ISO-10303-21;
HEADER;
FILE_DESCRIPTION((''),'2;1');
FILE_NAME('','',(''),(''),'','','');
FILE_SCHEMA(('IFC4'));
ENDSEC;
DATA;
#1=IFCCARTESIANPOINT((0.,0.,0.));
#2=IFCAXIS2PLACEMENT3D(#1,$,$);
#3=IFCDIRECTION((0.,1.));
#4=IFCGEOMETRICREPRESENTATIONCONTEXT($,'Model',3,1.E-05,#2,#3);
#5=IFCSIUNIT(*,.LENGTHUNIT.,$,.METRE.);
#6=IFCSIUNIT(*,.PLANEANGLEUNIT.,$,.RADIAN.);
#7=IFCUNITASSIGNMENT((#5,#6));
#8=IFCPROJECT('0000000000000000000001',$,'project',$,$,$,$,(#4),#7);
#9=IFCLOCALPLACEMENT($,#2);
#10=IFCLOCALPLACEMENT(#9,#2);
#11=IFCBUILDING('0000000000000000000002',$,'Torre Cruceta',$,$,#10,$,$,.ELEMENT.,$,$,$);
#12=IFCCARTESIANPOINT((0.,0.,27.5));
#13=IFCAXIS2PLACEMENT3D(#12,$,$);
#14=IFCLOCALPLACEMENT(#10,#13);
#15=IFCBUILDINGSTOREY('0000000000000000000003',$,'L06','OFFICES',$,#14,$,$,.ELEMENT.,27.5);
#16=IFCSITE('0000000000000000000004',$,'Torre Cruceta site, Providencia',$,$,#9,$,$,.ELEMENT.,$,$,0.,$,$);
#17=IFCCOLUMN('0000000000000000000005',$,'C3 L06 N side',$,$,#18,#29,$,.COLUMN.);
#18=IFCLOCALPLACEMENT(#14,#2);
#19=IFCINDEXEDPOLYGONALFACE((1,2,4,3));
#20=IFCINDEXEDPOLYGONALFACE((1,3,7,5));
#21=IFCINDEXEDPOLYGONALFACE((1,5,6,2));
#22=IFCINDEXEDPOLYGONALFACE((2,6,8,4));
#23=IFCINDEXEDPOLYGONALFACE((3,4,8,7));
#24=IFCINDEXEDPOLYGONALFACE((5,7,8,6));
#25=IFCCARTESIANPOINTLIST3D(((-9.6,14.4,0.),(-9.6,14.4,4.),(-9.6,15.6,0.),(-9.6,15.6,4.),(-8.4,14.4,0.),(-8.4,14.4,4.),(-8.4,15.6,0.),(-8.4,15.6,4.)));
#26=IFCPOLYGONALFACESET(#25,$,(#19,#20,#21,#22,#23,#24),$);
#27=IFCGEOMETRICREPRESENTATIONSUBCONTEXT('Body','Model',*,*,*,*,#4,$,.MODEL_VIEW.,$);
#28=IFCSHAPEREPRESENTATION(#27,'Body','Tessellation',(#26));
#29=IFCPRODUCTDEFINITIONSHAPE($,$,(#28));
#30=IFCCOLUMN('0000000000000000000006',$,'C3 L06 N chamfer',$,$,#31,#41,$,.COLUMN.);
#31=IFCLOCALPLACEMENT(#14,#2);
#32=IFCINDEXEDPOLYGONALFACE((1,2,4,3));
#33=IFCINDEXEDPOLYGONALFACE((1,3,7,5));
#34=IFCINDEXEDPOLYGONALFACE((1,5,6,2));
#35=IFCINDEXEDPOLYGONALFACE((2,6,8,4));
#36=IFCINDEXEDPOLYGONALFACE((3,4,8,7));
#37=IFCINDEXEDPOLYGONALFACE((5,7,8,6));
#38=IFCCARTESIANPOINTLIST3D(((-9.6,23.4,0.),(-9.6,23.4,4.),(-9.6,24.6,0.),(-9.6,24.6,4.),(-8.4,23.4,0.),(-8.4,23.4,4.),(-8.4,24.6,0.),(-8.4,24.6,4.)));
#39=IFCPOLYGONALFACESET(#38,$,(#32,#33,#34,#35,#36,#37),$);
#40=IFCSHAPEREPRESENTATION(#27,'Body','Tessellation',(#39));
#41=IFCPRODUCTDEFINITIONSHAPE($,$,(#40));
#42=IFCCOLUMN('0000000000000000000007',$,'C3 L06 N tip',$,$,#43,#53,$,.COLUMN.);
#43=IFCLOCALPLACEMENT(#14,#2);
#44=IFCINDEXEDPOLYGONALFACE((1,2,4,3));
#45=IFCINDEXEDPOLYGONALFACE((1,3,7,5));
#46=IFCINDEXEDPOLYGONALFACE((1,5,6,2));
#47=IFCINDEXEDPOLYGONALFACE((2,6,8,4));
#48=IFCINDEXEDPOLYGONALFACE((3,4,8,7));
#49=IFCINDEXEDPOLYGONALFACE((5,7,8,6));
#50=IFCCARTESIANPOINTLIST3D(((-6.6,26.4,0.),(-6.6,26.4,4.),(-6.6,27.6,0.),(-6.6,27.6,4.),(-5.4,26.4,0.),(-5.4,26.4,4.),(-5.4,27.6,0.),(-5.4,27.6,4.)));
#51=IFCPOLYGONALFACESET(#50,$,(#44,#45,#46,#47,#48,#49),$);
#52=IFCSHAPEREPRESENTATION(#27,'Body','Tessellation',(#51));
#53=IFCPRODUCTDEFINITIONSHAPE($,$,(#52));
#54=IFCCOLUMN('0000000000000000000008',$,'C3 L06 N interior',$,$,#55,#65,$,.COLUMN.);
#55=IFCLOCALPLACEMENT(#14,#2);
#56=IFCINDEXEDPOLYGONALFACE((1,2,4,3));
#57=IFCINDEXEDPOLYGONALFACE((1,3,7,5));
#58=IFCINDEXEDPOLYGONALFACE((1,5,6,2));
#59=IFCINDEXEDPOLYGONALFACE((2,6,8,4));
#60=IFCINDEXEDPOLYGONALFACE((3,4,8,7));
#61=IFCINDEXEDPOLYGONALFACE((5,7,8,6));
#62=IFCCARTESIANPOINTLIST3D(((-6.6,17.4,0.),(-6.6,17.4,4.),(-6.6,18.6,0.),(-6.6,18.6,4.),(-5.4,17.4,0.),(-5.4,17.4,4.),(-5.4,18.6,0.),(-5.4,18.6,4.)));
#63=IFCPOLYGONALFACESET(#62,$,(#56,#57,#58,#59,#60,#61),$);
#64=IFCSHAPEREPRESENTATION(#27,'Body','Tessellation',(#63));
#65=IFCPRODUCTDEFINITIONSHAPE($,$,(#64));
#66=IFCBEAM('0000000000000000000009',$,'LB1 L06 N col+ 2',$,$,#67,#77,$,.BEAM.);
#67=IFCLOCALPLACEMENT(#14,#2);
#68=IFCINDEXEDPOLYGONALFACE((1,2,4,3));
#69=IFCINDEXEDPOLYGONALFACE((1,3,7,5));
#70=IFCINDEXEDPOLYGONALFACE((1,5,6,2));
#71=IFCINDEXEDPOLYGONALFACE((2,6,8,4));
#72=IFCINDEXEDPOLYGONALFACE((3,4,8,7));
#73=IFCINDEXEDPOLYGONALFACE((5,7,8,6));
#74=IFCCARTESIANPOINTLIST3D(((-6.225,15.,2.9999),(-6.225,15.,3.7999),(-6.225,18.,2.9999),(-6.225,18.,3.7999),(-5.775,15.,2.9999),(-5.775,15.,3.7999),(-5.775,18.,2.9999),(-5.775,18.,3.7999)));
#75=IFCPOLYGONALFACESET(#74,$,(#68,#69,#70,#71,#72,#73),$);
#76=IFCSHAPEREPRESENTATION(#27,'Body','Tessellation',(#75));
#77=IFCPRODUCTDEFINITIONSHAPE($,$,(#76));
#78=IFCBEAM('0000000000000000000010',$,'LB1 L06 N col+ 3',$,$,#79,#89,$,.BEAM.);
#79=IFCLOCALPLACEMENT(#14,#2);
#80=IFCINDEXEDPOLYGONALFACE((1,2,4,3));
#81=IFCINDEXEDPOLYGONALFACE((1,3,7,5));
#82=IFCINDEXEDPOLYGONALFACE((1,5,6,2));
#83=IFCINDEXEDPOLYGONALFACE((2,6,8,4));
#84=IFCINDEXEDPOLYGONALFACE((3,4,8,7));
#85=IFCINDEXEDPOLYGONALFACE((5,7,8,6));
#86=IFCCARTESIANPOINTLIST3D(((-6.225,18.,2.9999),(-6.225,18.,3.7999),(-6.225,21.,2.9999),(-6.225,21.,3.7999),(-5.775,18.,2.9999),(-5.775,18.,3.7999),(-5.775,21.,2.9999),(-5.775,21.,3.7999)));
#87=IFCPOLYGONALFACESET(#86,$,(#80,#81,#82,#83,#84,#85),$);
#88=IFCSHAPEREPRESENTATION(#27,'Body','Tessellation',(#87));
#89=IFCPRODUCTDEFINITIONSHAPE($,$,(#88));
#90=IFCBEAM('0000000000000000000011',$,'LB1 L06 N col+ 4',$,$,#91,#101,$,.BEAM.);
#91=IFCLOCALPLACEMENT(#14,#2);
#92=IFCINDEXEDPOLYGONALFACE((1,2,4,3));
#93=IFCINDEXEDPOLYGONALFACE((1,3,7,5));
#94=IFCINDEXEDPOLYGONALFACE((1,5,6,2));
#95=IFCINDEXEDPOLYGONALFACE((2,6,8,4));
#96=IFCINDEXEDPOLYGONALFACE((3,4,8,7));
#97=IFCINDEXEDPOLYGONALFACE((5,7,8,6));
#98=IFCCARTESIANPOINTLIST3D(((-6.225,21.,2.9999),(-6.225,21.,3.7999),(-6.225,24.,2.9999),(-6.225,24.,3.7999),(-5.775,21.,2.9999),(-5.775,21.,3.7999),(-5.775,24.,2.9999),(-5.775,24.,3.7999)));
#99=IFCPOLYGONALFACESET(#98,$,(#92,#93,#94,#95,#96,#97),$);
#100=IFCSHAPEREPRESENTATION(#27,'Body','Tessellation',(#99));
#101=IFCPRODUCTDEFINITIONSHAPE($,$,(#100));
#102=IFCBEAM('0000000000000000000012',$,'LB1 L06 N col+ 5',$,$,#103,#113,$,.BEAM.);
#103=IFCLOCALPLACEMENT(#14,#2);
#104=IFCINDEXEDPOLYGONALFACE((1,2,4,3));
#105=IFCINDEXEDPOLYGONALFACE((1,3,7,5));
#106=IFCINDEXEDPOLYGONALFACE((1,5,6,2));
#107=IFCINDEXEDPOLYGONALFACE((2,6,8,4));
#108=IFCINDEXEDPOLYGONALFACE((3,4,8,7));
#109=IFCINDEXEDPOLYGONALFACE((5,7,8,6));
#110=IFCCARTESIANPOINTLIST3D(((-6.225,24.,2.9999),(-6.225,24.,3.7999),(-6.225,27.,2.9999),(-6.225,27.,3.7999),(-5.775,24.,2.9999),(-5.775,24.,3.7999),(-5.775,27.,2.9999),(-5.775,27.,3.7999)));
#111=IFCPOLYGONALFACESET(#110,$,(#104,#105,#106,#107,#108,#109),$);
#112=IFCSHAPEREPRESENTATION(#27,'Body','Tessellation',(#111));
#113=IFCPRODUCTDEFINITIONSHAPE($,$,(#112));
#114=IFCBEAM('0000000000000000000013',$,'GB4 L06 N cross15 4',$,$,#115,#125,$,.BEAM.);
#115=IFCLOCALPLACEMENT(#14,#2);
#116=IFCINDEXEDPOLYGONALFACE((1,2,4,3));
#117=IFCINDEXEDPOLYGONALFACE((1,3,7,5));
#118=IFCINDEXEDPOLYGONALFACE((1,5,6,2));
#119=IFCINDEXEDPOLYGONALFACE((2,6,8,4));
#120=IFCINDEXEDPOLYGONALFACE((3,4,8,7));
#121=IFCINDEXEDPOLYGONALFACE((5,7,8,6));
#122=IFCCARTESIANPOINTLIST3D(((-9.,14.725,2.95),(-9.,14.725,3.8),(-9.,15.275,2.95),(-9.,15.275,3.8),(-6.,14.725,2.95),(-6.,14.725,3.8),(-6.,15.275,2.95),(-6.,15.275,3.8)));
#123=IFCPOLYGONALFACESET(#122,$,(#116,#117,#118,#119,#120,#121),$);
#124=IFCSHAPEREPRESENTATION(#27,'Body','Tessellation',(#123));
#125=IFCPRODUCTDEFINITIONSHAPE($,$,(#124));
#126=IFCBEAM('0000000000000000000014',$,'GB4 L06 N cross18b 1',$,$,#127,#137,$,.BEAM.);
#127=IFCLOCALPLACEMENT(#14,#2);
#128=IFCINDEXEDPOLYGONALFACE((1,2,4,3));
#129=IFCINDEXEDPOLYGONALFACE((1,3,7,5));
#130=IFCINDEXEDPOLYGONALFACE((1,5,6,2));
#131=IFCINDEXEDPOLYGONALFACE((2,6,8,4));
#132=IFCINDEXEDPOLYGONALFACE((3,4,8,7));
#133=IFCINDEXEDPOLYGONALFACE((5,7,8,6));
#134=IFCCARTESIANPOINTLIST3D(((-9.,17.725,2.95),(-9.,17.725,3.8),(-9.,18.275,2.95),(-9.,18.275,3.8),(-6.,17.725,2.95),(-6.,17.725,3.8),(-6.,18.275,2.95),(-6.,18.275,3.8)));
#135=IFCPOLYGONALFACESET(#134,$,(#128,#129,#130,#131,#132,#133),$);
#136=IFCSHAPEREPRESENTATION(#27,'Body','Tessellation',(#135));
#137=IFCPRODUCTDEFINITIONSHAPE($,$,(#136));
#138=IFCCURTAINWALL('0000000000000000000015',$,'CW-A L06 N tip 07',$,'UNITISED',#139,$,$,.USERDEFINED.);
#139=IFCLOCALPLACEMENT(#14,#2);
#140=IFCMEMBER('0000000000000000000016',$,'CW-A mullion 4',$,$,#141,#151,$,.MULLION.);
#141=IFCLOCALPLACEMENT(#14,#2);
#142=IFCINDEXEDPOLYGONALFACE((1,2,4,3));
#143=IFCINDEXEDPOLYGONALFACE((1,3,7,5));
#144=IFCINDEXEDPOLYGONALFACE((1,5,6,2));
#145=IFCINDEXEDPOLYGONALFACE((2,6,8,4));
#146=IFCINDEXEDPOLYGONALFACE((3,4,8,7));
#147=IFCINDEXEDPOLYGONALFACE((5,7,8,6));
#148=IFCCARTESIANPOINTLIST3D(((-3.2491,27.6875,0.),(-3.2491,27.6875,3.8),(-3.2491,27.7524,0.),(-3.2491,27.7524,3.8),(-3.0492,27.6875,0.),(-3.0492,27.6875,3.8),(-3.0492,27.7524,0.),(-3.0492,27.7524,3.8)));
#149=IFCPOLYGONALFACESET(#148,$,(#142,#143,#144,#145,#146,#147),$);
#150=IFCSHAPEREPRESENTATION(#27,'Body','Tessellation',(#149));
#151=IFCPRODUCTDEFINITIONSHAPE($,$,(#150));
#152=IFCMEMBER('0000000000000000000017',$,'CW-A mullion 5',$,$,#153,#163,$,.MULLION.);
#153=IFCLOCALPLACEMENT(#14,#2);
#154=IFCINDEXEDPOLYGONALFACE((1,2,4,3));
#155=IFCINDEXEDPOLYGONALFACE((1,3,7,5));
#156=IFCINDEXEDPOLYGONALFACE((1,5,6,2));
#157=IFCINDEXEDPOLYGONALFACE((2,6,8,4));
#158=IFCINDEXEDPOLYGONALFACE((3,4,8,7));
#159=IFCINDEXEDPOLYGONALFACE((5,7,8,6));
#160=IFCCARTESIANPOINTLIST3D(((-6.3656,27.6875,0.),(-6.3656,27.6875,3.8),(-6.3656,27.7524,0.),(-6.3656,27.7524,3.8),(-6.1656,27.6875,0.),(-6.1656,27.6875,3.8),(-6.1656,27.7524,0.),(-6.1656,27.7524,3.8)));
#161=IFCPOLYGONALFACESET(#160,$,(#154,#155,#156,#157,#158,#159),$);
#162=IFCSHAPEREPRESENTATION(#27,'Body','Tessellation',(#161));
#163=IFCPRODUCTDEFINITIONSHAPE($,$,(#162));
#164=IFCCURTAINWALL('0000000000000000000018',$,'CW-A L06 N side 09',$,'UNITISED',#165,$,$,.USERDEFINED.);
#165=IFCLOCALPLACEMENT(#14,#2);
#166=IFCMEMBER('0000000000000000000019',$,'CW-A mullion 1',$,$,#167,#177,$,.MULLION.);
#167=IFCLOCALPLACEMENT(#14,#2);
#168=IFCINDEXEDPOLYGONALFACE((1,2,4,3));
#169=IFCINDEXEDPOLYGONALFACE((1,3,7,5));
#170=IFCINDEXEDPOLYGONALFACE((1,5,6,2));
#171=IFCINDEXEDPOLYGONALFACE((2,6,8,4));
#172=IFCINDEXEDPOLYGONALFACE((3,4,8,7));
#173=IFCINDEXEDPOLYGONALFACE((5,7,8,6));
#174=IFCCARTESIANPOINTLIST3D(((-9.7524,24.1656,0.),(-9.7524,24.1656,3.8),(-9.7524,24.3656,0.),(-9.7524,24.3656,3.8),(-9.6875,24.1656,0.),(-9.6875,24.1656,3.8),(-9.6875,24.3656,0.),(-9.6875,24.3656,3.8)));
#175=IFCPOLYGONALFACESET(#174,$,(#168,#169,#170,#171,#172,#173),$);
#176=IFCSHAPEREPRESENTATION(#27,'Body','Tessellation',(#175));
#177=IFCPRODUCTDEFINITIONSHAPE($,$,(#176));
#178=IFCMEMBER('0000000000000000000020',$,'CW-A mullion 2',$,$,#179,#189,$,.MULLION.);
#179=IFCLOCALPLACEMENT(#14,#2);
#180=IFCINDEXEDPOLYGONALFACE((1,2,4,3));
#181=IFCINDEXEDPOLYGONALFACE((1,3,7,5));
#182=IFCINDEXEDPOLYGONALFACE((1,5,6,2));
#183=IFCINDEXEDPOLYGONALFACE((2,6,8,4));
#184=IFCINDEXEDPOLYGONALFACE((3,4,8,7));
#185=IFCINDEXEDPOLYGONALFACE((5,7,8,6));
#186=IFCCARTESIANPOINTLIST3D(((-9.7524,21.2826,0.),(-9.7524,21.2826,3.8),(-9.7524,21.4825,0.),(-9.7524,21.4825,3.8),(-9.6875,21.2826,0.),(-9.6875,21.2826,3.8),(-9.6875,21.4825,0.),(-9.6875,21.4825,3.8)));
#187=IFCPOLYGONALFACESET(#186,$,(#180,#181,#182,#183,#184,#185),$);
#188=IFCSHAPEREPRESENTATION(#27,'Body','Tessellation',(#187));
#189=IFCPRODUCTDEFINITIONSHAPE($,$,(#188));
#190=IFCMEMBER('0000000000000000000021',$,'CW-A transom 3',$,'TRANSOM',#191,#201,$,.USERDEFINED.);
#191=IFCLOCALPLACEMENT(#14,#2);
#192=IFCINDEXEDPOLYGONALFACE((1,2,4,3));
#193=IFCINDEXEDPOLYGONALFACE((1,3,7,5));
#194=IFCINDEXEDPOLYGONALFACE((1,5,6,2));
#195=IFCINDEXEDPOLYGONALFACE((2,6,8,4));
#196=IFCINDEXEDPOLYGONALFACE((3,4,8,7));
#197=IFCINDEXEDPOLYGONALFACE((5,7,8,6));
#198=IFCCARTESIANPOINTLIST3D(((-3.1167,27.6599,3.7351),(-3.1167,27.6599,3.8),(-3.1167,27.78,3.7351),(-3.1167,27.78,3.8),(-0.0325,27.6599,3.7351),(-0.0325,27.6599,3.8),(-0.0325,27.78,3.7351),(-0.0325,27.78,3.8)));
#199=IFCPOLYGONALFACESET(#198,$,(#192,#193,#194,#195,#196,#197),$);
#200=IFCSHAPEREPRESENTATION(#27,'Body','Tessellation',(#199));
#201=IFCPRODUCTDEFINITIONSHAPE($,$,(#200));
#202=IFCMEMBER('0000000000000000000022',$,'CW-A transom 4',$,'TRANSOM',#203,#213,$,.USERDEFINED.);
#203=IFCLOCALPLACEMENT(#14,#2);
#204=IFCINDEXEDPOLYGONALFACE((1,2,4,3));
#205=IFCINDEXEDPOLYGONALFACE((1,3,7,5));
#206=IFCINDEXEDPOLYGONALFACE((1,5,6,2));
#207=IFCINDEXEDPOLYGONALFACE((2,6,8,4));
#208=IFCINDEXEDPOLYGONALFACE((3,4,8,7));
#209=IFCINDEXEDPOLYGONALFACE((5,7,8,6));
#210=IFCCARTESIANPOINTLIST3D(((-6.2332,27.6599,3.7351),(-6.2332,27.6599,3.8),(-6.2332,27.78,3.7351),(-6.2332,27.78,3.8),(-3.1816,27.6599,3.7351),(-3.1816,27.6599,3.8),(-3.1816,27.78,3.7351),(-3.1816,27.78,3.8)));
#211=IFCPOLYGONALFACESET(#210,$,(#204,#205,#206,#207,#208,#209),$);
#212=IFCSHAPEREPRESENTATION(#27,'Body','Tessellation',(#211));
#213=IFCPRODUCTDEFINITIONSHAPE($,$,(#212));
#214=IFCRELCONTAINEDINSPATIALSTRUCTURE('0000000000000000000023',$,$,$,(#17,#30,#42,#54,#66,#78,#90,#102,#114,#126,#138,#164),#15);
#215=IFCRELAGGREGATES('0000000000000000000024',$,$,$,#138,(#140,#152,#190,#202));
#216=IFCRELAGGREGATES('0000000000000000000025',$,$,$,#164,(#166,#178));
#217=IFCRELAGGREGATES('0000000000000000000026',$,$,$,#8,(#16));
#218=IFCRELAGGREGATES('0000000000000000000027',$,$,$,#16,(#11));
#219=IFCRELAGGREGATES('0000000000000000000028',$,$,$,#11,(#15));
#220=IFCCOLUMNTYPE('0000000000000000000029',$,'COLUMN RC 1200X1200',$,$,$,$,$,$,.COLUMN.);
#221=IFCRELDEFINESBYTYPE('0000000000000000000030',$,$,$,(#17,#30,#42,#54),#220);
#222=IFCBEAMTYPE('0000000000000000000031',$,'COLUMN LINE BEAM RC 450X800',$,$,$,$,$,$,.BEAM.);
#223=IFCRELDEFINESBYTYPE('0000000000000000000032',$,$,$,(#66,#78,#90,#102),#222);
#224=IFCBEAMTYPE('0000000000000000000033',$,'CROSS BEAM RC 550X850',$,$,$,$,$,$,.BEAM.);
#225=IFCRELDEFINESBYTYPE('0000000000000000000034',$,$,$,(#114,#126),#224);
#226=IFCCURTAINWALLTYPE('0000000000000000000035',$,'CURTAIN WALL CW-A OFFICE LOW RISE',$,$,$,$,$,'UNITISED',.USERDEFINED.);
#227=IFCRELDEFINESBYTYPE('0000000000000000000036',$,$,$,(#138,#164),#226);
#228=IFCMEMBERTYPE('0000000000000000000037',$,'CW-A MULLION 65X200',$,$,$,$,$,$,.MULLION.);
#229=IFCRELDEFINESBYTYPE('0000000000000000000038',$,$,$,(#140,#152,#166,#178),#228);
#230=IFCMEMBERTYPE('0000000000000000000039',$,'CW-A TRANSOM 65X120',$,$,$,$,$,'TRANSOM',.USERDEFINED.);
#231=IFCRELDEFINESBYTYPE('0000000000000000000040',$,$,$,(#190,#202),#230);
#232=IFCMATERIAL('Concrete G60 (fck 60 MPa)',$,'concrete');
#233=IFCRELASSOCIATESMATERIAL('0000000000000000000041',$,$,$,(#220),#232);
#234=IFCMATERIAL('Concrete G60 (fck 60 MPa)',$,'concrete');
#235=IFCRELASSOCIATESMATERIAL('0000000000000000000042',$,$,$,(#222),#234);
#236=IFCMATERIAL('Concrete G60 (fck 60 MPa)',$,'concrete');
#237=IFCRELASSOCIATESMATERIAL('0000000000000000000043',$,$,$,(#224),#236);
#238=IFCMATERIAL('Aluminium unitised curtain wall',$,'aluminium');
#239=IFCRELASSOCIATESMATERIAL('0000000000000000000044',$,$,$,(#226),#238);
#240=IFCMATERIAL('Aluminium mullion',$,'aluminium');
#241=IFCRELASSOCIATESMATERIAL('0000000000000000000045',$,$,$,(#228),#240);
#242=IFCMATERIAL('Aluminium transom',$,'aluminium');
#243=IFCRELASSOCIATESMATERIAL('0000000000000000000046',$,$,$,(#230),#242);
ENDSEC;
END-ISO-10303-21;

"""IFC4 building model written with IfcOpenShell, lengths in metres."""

from ifc_helpers import new_model, si_unit, direction, frame, origin, origin_2d, place, context, subcontext, project, spatial, rectangle, extrude, material, material_profile, profile_set, type_object, element, aggregate, save


model = new_model("IFC4")

# Units and contexts
model_context = context("Model", 3, precision=1e-05, world=origin(), true_north=direction((0.0, 1.0)))
body_context = subcontext(model_context, "Body", "Model", "MODEL_VIEW")
ifc_project = project(units=[si_unit("LENGTHUNIT", "METRE"), si_unit("PLANEANGLEUNIT", "RADIAN")], contexts=[model_context])

# Site, building, storey
site_placement = place(None, origin())
site = spatial("IfcSite", under=ifc_project, at=site_placement, Name="Torre Cruceta site, Providencia", CompositionType="ELEMENT", RefElevation=0.0)
building_placement = place(site_placement, origin())
building = spatial("IfcBuilding", under=site, at=building_placement, Name="Torre Cruceta", CompositionType="ELEMENT")
storey_placement = place(building_placement, frame((0.0, 0.0, 27.5)))
storey = spatial("IfcBuildingStorey", under=building, at=storey_placement, Name="L06", Description="OFFICES", CompositionType="ELEMENT", Elevation=27.5)

# Columns
ifc_material_1 = material(Name="Concrete G60 (fck 60 MPa)", Category="concrete")
ifc_material_profile_1 = material_profile(ifc_material_1, rectangle(XDim=1.2, YDim=1.2, at=origin_2d()), Name="RC 1200X1200")
ifc_profile_set_1 = profile_set([ifc_material_profile_1], Name="Concrete G60 (fck 60 MPa)")
column_type = type_object("IfcColumnType", Name="COLUMN RC 1200X1200", PredefinedType="COLUMN", material=ifc_profile_set_1)
for number, where, z_axis, x_axis, name in (
    (1, (-9.0, 15.0, 0.0), (0.0, 0.0, 1.0), (1.0, 0.0, 0.0), "C3 L06 N side"),
    (2, (-9.0, 24.0, 0.0), (0.0, 0.0, 1.0), (1.0, 0.0, 0.0), "C3 L06 N chamfer"),
    (3, (-6.0, 27.0, 0.0), (0.0, 0.0, 1.0), (1.0, 0.0, 0.0), "C3 L06 N tip"),
    (4, (-6.0, 18.0, 0.0), (0.0, 0.0, 1.0), (1.0, 0.0, 0.0), "C3 L06 N interior"),
):
    element("IfcColumn", number, at=place(storey_placement, frame(where, z_axis=z_axis, x_axis=x_axis)), inside=storey, type_object=column_type, Name=name, PredefinedType="COLUMN", context=body_context, shape_type="SweptSolid", body=[
        extrude(rectangle(XDim=1.2, YDim=1.2, at=origin_2d()), origin(), (0.0, 0.0, 1.0), 4.0),
    ])

# Beams
ifc_material_2 = material(Name="Concrete G60 (fck 60 MPa)", Category="concrete")
ifc_material_profile_2 = material_profile(ifc_material_2, rectangle(XDim=0.45, YDim=0.8, at=origin_2d()), Name="RC 450X800")
ifc_profile_set_2 = profile_set([ifc_material_profile_2], Name="Concrete G60 (fck 60 MPa)")
beam_type_1 = type_object("IfcBeamType", Name="COLUMN LINE BEAM RC 450X800", PredefinedType="BEAM", material=ifc_profile_set_2)
for number, where, z_axis, x_axis, name in (
    (5, (-6.0, 15.0, 3.3999), (0.0, 1.0, 0.0), (-1.0, 0.0, 0.0), "LB1 L06 N col+ 2"),
    (6, (-6.0, 18.0, 3.3999), (0.0, 1.0, 0.0), (-1.0, 0.0, 0.0), "LB1 L06 N col+ 3"),
    (7, (-6.0, 21.0, 3.3999), (0.0, 1.0, 0.0), (-1.0, 0.0, 0.0), "LB1 L06 N col+ 4"),
    (8, (-6.0, 24.0, 3.3999), (0.0, 1.0, 0.0), (-1.0, 0.0, 0.0), "LB1 L06 N col+ 5"),
):
    element("IfcBeam", number, at=place(storey_placement, frame(where, z_axis=z_axis, x_axis=x_axis)), inside=storey, type_object=beam_type_1, Name=name, PredefinedType="BEAM", context=body_context, shape_type="SweptSolid", body=[
        extrude(rectangle(XDim=0.45, YDim=0.8, at=origin_2d()), origin(), (0.0, 0.0, 1.0), 3.0),
    ])
ifc_material_3 = material(Name="Concrete G60 (fck 60 MPa)", Category="concrete")
ifc_material_profile_3 = material_profile(ifc_material_3, rectangle(XDim=0.55, YDim=0.8501, at=origin_2d()), Name="RC 550X850")
ifc_profile_set_3 = profile_set([ifc_material_profile_3], Name="Concrete G60 (fck 60 MPa)")
beam_type_2 = type_object("IfcBeamType", Name="CROSS BEAM RC 550X850", PredefinedType="BEAM", material=ifc_profile_set_3)
for number, where, z_axis, x_axis, name in (
    (9, (-6.0, 15.0, 3.375), (-1.0, 0.0, 0.0), (0.0, -1.0, 0.0), "GB4 L06 N cross15 4"),
    (10, (-6.0, 18.0, 3.375), (-1.0, 0.0, 0.0), (0.0, -1.0, 0.0), "GB4 L06 N cross18b 1"),
):
    element("IfcBeam", number, at=place(storey_placement, frame(where, z_axis=z_axis, x_axis=x_axis)), inside=storey, type_object=beam_type_2, Name=name, PredefinedType="BEAM", context=body_context, shape_type="SweptSolid", body=[
        extrude(rectangle(XDim=0.55, YDim=0.8501, at=origin_2d()), origin(), (0.0, 0.0, 1.0), 3.0),
    ])

# Curtain walls, members
ifc_material_4 = material(Name="Aluminium unitised curtain wall", Category="aluminium")
curtain_wall_type = type_object("IfcCurtainWallType", Name="CURTAIN WALL CW-A OFFICE LOW RISE", ElementType="UNITISED", PredefinedType="USERDEFINED", material=ifc_material_4)
curtain_wall_1_placement = place(storey_placement, origin())
curtain_wall_1 = element("IfcCurtainWall", 11, at=curtain_wall_1_placement, inside=storey, type_object=curtain_wall_type, Name="CW-A L06 N tip 07", ObjectType="UNITISED", PredefinedType="USERDEFINED")
ifc_material_5 = material(Name="Aluminium mullion", Category="aluminium")
ifc_material_profile_4 = material_profile(ifc_material_5, rectangle(XDim=0.0649, YDim=0.2, at=origin_2d()), Name="AL 65X200")
ifc_profile_set_4 = profile_set([ifc_material_profile_4], Name="Aluminium mullion")
member_type_1 = type_object("IfcMemberType", Name="CW-A MULLION 65X200", PredefinedType="MULLION", material=ifc_profile_set_4)
member_1_placement = place(storey_placement, frame((-3.1492, 27.72, 0.0), z_axis=(0.0, 0.0, 1.0), x_axis=(0.0, -1.0, 0.0)))
member_1 = element("IfcMember", 12, at=member_1_placement, type_object=member_type_1, Name="CW-A mullion 4", PredefinedType="MULLION", context=body_context, shape_type="SweptSolid", body=[
    extrude(rectangle(XDim=0.0649, YDim=0.2, at=origin_2d()), origin(), (0.0, 0.0, 1.0), 3.8),
])
member_2_placement = place(storey_placement, frame((-6.2656, 27.72, 0.0), z_axis=(0.0, 0.0, 1.0), x_axis=(0.0, -1.0, 0.0)))
member_2 = element("IfcMember", 13, at=member_2_placement, type_object=member_type_1, Name="CW-A mullion 5", PredefinedType="MULLION", context=body_context, shape_type="SweptSolid", body=[
    extrude(rectangle(XDim=0.0649, YDim=0.2, at=origin_2d()), origin(), (0.0, 0.0, 1.0), 3.8),
])
curtain_wall_2_placement = place(storey_placement, origin())
curtain_wall_2 = element("IfcCurtainWall", 14, at=curtain_wall_2_placement, inside=storey, type_object=curtain_wall_type, Name="CW-A L06 N side 09", ObjectType="UNITISED", PredefinedType="USERDEFINED")
member_3_placement = place(storey_placement, frame((-9.72, 24.2656, 0.0), z_axis=(0.0, 0.0, 1.0), x_axis=(1.0, 0.0, 0.0)))
member_3 = element("IfcMember", 15, at=member_3_placement, type_object=member_type_1, Name="CW-A mullion 1", PredefinedType="MULLION", context=body_context, shape_type="SweptSolid", body=[
    extrude(rectangle(XDim=0.0649, YDim=0.2, at=origin_2d()), origin(), (0.0, 0.0, 1.0), 3.8),
])
member_4_placement = place(storey_placement, frame((-9.72, 21.3826, 0.0), z_axis=(0.0, 0.0, 1.0), x_axis=(1.0, 0.0, 0.0)))
member_4 = element("IfcMember", 16, at=member_4_placement, type_object=member_type_1, Name="CW-A mullion 2", PredefinedType="MULLION", context=body_context, shape_type="SweptSolid", body=[
    extrude(rectangle(XDim=0.0649, YDim=0.2, at=origin_2d()), origin(), (0.0, 0.0, 1.0), 3.8),
])

# Members
ifc_material_6 = material(Name="Aluminium transom", Category="aluminium")
ifc_material_profile_5 = material_profile(ifc_material_6, rectangle(XDim=0.1201, YDim=0.0649, at=origin_2d()), Name="AL 120X65")
ifc_profile_set_5 = profile_set([ifc_material_profile_5], Name="Aluminium transom")
member_type_2 = type_object("IfcMemberType", Name="CW-A TRANSOM 65X120", ElementType="TRANSOM", PredefinedType="USERDEFINED", material=ifc_profile_set_5)
member_5_placement = place(storey_placement, frame((-0.0325, 27.72, 3.7676), z_axis=(-1.0, 0.0, 0.0), x_axis=(0.0, -1.0, 0.0)))
member_5 = element("IfcMember", 17, at=member_5_placement, type_object=member_type_2, Name="CW-A transom 3", ObjectType="TRANSOM", PredefinedType="USERDEFINED", context=body_context, shape_type="SweptSolid", body=[
    extrude(rectangle(XDim=0.1201, YDim=0.0649, at=origin_2d()), origin(), (0.0, 0.0, 1.0), 3.0842),
])
member_6_placement = place(storey_placement, frame((-3.1816, 27.72, 3.7676), z_axis=(-1.0, 0.0, 0.0), x_axis=(0.0, -1.0, 0.0)))
member_6 = element("IfcMember", 18, at=member_6_placement, type_object=member_type_2, Name="CW-A transom 4", ObjectType="TRANSOM", PredefinedType="USERDEFINED", context=body_context, shape_type="SweptSolid", body=[
    extrude(rectangle(XDim=0.1201, YDim=0.0649, at=origin_2d()), origin(), (0.0, 0.0, 1.0), 3.0515),
])

aggregate(curtain_wall_1, [member_1, member_2, member_5, member_6])
aggregate(curtain_wall_2, [member_3, member_4])

save(model, "model.ifc")
